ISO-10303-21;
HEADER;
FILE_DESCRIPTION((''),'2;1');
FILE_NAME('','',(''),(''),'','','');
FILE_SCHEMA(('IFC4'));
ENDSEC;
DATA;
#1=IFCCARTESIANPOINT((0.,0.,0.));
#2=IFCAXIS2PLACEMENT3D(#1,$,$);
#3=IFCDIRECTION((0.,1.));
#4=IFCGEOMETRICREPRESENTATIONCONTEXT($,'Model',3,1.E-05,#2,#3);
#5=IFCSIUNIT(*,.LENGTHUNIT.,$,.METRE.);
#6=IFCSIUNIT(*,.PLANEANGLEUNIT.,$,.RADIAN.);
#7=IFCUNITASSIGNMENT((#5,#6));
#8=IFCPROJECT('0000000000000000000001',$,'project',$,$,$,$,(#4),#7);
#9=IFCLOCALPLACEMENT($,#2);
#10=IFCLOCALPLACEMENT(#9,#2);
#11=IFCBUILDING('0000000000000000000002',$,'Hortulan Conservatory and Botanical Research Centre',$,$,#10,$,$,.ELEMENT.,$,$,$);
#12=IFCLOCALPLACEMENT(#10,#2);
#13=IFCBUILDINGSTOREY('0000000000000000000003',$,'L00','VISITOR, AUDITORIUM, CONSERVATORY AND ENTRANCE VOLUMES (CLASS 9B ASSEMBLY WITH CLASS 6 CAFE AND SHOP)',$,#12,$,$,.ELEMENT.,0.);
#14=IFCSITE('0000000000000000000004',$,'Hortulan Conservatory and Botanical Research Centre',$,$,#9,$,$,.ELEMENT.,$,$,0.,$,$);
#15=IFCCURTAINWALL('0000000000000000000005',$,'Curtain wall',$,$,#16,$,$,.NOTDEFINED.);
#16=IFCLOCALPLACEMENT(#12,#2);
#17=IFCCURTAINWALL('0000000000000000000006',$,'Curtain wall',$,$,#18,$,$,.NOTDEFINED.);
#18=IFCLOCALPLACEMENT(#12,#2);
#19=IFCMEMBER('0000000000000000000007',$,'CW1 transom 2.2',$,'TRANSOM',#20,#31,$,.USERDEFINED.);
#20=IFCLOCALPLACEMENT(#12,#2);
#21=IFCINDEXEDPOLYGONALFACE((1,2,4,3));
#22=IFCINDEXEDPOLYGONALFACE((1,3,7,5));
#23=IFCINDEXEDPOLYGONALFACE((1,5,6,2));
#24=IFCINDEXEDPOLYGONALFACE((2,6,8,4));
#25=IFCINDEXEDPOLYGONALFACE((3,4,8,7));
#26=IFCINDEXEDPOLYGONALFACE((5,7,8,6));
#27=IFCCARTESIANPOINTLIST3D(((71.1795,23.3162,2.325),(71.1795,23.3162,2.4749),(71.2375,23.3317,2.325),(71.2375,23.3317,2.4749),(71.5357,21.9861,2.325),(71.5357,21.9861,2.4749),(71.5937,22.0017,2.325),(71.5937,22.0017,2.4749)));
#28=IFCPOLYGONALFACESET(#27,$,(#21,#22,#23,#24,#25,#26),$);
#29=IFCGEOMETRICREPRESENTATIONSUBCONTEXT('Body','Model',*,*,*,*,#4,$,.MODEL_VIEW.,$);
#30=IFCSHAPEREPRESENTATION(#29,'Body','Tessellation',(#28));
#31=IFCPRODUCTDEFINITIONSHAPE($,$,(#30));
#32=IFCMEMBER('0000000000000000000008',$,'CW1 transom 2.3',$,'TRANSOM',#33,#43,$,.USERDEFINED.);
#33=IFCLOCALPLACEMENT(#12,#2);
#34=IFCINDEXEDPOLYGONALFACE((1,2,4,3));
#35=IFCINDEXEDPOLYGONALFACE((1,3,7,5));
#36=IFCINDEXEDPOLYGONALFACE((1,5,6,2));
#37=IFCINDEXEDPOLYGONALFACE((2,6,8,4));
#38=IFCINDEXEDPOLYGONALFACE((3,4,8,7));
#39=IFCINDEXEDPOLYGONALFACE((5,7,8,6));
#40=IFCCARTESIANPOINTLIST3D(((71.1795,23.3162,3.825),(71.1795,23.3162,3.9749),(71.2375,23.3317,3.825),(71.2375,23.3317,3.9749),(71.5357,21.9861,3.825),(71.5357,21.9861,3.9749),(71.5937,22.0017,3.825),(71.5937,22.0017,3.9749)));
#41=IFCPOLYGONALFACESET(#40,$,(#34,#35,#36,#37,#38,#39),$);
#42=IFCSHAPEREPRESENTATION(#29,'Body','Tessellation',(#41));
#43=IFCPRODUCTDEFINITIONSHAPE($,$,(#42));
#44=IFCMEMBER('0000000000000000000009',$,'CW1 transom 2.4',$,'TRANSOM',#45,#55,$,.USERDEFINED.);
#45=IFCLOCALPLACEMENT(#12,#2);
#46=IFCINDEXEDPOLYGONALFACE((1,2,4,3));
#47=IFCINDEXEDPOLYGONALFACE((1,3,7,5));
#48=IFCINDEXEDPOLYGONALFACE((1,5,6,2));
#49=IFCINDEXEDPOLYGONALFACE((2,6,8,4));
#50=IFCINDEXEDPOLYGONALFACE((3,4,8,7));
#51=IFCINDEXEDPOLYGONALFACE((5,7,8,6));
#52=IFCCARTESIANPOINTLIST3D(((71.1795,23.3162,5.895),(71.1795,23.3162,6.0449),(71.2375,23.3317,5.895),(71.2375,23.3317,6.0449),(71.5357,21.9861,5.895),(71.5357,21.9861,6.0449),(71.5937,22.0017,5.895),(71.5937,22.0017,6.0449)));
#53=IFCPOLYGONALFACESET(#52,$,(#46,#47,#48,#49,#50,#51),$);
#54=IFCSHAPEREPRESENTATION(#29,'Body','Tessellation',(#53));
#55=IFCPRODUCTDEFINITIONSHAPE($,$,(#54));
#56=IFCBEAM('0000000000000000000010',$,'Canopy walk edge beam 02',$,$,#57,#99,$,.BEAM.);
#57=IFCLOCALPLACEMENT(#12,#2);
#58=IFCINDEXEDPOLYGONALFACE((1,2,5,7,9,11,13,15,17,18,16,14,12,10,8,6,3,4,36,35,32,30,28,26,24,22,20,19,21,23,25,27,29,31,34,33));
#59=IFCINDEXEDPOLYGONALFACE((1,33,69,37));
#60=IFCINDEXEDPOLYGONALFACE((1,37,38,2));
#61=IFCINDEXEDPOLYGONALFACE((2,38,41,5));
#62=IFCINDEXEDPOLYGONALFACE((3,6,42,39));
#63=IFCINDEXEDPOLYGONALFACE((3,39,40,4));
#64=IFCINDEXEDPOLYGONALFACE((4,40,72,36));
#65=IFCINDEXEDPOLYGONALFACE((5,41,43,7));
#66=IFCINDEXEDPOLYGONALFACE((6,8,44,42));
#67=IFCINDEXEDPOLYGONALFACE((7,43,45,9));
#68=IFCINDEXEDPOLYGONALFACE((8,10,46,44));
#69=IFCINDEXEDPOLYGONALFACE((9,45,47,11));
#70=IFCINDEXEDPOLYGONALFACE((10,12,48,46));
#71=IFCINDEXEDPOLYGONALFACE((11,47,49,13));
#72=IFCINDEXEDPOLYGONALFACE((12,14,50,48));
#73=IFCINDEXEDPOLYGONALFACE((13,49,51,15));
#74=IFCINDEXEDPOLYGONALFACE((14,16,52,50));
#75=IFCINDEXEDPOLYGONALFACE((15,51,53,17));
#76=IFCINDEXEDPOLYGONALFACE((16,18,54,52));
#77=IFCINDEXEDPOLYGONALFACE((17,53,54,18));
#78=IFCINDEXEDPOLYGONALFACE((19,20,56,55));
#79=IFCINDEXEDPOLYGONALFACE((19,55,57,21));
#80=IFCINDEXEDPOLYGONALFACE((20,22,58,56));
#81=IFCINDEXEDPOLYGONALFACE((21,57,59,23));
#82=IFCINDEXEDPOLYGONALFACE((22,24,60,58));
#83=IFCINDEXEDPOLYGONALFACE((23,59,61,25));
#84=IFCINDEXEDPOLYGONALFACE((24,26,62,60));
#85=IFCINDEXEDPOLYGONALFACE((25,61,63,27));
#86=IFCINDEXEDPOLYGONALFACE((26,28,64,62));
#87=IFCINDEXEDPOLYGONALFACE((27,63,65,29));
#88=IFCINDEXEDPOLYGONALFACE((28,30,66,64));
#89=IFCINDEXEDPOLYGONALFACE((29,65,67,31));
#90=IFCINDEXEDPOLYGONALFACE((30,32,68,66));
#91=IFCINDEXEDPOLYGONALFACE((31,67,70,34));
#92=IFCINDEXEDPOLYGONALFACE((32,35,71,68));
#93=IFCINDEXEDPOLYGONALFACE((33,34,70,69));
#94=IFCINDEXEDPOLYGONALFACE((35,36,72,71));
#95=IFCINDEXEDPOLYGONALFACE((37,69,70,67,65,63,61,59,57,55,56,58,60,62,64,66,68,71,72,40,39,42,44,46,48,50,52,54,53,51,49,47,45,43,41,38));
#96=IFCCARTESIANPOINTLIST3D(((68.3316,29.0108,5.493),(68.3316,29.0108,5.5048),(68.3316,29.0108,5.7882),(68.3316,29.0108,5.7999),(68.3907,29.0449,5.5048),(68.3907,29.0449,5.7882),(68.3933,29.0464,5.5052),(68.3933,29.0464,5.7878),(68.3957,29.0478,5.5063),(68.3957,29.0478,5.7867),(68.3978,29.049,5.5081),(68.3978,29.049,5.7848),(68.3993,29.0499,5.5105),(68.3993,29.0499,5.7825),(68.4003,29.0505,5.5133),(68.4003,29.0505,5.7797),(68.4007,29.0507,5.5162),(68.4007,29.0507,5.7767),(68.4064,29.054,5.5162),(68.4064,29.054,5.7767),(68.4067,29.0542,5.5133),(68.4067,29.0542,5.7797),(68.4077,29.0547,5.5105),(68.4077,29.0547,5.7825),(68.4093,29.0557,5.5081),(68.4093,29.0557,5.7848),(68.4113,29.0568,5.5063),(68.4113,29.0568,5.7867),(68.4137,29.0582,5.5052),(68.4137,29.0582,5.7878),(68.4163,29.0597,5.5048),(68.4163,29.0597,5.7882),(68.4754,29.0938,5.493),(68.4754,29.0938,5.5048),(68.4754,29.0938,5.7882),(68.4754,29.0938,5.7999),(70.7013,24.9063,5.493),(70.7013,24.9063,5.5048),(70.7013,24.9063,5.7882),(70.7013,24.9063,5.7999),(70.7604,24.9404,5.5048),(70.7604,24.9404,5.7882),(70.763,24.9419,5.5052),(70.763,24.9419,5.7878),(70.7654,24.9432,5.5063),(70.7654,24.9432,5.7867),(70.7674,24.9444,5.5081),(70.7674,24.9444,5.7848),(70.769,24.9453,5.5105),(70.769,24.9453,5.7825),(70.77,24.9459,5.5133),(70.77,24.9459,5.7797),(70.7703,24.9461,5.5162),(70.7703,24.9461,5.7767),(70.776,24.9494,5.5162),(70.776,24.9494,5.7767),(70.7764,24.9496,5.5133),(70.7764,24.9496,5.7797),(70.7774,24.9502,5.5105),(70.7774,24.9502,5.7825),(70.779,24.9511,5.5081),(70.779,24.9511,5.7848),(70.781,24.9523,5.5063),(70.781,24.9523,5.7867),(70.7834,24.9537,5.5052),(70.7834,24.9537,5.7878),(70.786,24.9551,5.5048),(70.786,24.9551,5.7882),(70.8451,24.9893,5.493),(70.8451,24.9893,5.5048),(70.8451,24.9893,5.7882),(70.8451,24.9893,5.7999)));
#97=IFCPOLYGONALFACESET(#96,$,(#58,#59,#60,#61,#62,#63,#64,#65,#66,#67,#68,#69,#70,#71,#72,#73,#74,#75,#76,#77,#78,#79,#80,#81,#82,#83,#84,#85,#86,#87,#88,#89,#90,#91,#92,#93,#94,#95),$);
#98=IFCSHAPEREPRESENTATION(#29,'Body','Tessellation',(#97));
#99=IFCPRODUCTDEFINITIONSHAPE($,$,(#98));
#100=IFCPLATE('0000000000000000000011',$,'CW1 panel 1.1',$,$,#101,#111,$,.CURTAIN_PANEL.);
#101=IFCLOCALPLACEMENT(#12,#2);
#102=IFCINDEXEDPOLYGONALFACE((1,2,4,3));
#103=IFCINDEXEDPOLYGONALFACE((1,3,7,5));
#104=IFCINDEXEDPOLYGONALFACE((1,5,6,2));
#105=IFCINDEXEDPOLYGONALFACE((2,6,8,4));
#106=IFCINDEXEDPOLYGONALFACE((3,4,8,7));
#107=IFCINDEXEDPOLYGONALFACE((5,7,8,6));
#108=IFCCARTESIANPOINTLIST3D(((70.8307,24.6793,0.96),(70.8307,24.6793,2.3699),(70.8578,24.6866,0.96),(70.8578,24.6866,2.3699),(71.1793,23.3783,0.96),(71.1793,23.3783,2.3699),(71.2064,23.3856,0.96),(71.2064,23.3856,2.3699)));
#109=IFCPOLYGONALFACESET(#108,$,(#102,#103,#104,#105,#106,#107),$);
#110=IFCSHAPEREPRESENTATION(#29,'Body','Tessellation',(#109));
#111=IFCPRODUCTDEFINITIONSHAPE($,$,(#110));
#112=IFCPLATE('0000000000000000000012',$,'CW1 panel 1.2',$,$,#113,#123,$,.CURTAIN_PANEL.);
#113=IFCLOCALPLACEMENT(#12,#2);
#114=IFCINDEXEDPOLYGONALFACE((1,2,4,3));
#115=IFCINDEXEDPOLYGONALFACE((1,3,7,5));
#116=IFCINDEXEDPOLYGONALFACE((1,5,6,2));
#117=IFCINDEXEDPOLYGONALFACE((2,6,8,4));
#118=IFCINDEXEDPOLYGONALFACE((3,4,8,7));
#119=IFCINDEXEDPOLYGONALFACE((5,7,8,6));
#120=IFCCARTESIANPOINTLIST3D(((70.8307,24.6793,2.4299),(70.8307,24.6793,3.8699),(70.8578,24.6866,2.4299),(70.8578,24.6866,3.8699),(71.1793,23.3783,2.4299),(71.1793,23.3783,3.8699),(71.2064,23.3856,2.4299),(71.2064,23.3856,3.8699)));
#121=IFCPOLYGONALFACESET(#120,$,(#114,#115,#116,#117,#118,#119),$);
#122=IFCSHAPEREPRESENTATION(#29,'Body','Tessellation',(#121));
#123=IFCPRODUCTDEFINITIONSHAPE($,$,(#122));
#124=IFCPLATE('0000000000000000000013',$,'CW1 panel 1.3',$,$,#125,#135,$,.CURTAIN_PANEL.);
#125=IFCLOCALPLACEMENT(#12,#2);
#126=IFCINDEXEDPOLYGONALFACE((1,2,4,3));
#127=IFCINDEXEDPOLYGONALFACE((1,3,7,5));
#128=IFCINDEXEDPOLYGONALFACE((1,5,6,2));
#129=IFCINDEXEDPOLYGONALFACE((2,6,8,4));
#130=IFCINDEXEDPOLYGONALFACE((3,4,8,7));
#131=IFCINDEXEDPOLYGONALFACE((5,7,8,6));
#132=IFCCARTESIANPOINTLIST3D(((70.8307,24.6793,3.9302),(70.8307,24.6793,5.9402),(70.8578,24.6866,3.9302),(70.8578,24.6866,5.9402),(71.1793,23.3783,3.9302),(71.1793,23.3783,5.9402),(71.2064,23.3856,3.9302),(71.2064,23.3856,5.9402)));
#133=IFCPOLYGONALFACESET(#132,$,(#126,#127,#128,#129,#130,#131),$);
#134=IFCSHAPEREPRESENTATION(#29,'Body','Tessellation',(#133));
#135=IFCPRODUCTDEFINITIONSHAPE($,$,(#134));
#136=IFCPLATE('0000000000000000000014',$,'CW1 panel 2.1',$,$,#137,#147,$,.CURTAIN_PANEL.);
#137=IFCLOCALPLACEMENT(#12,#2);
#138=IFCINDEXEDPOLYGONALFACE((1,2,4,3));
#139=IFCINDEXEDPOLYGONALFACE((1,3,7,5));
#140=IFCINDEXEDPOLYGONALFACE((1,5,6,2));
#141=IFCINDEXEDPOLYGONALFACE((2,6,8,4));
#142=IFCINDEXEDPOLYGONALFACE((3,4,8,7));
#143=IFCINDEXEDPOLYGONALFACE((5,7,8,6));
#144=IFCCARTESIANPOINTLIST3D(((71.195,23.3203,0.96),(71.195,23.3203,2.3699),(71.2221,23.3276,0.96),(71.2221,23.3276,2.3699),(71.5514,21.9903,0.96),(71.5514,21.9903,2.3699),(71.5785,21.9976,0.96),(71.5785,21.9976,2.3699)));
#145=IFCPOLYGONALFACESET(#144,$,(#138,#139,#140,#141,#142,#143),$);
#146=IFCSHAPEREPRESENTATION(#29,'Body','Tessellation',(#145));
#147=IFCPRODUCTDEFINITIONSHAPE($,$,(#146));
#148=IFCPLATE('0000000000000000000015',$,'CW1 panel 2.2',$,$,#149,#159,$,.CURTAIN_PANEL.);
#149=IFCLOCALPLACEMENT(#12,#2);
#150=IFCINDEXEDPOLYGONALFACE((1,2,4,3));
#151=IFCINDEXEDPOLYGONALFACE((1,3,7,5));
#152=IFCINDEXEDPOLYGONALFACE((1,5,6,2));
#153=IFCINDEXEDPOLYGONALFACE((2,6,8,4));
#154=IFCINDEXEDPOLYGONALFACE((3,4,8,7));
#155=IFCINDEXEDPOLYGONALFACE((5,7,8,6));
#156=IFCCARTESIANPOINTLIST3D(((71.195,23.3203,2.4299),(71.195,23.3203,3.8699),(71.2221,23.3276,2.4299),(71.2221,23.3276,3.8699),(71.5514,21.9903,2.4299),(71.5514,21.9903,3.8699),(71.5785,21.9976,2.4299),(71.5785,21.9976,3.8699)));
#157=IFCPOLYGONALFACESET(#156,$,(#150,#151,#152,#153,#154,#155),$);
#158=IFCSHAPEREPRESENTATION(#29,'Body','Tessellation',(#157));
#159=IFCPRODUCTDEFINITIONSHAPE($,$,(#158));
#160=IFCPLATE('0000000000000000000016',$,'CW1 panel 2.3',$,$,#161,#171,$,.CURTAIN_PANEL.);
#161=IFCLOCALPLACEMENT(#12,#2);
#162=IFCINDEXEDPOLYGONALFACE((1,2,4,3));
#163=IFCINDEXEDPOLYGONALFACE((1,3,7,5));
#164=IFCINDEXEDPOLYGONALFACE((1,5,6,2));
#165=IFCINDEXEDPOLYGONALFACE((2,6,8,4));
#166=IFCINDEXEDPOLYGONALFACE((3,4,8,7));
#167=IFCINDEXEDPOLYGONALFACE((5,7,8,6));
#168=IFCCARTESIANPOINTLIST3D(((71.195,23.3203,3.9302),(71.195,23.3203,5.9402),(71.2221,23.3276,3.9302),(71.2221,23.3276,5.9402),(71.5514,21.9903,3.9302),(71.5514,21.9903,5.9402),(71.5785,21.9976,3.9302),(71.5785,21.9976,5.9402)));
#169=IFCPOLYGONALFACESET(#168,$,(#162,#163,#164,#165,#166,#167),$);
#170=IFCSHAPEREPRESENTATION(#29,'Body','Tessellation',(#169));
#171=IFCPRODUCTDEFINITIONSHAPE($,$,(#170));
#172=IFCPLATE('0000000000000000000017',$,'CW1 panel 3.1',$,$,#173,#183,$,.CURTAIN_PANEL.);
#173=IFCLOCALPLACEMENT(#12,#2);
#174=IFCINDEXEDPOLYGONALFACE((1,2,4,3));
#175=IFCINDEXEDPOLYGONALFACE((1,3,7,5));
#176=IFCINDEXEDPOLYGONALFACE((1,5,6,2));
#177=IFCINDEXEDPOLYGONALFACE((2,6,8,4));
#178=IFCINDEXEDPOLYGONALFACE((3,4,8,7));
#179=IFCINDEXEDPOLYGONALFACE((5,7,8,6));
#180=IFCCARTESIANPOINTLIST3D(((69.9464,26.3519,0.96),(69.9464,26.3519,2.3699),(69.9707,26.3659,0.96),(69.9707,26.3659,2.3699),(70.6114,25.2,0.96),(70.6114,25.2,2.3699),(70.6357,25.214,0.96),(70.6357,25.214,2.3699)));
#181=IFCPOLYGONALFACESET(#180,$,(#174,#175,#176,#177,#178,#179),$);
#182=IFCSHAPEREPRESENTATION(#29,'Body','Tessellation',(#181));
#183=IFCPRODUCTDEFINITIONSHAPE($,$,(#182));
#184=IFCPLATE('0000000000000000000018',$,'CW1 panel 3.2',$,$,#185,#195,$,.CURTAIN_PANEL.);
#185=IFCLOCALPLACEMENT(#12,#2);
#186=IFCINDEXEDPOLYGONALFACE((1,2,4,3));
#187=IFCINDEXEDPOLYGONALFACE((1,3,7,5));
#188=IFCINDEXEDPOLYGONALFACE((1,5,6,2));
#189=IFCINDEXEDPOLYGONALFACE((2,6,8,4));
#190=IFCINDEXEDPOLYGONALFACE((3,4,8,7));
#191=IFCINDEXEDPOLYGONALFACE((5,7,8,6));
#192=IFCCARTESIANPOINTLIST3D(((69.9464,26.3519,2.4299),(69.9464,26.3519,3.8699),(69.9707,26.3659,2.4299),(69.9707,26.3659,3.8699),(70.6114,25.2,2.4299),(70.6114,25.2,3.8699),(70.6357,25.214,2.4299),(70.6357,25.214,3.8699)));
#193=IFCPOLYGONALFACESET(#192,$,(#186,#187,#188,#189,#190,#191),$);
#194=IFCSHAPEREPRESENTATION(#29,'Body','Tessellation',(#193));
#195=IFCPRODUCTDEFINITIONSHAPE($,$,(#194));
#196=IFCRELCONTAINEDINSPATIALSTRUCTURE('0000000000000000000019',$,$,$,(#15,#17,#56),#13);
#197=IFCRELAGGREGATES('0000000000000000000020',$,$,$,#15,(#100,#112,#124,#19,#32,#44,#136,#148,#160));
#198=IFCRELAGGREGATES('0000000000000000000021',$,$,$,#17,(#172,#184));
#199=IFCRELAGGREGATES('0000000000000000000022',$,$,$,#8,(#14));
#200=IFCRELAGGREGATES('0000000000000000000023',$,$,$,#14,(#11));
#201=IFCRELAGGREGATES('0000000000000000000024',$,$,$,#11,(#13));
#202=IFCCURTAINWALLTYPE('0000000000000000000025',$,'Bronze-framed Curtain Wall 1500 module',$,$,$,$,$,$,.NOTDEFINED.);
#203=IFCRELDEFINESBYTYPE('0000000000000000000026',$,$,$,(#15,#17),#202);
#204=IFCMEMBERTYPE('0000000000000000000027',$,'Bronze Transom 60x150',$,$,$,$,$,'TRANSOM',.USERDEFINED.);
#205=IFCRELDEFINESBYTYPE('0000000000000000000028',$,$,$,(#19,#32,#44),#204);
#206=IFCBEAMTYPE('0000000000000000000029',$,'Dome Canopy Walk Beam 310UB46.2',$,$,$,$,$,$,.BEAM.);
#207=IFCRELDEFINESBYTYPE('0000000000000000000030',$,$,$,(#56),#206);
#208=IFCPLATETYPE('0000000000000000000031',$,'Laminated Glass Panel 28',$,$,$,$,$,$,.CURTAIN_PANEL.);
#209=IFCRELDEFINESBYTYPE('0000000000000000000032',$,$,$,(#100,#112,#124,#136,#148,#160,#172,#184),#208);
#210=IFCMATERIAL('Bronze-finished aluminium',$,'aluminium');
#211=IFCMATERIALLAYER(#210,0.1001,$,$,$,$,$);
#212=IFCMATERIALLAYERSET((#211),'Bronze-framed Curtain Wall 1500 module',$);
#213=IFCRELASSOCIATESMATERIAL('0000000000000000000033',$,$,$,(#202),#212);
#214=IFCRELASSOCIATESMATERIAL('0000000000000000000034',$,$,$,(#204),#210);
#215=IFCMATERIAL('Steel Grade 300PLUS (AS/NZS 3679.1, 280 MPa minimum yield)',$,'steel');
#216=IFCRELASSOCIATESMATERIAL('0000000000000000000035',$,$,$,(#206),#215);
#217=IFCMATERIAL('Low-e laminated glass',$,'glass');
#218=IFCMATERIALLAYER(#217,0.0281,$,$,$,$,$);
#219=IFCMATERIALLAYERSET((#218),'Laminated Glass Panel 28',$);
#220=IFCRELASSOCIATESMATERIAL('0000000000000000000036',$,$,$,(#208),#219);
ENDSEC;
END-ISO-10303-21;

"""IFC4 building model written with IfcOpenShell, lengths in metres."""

from ifc_helpers import new_model, si_unit, direction, frame, origin, origin_2d, place, context, subcontext, project, spatial, rectangle, i_section, extrude, material, layer, layer_set, material_profile, profile_set, type_object, element, aggregate, save


model = new_model("IFC4")

# Units and contexts
model_context = context("Model", 3, precision=1e-05, world=origin(), true_north=direction((0.0, 1.0)))
body_context = subcontext(model_context, "Body", "Model", "MODEL_VIEW")
ifc_project = project(units=[si_unit("LENGTHUNIT", "METRE"), si_unit("PLANEANGLEUNIT", "RADIAN")], contexts=[model_context])

# Site, building, storey
site_placement = place(None, origin())
site = spatial("IfcSite", under=ifc_project, at=site_placement, Name="Hortulan Conservatory and Botanical Research Centre", CompositionType="ELEMENT", RefElevation=0.0)
building_placement = place(site_placement, origin())
building = spatial("IfcBuilding", under=site, at=building_placement, Name="Hortulan Conservatory and Botanical Research Centre", CompositionType="ELEMENT")
storey_placement = place(building_placement, origin())
storey = spatial("IfcBuildingStorey", under=building, at=storey_placement, Name="L00", Description="VISITOR, AUDITORIUM, CONSERVATORY AND ENTRANCE VOLUMES (CLASS 9B ASSEMBLY WITH CLASS 6 CAFE AND SHOP)", CompositionType="ELEMENT", Elevation=0.0)

# Curtain wall
ifc_material_1 = material(Name="Bronze-finished aluminium", Category="aluminium")
ifc_layer_1 = layer(ifc_material_1, 0.1001)
ifc_layer_set_1 = layer_set([ifc_layer_1], Name="Bronze-framed Curtain Wall 1500 module")
curtain_wall_type = type_object("IfcCurtainWallType", Name="Bronze-framed Curtain Wall 1500 module", PredefinedType="NOTDEFINED", material=ifc_layer_set_1)
curtain_wall_1_placement = place(storey_placement, origin())
curtain_wall_1 = element("IfcCurtainWall", 1, at=curtain_wall_1_placement, inside=storey, type_object=curtain_wall_type, Name="Curtain wall", PredefinedType="NOTDEFINED")

# Curtain wall
curtain_wall_2_placement = place(storey_placement, origin())
curtain_wall_2 = element("IfcCurtainWall", 2, at=curtain_wall_2_placement, inside=storey, type_object=curtain_wall_type, Name="Curtain wall", PredefinedType="NOTDEFINED")

# Members
ifc_material_profile_1 = material_profile(ifc_material_1, rectangle(XDim=0.0601, YDim=0.1499, at=origin_2d()), Name="Bronze Transom 60x150")
ifc_profile_set_1 = profile_set([ifc_material_profile_1], Name="Bronze-finished aluminium")
member_type_1 = type_object("IfcMemberType", Name="Bronze Transom 60x150", ElementType="TRANSOM", PredefinedType="USERDEFINED", material=ifc_profile_set_1)
member_1_placement = place(storey_placement, frame((71.2085, 23.324, 2.3999), z_axis=(0.258689, -0.965961, 0.0), x_axis=(0.965961, 0.258689, 0.0)))
member_1 = element("IfcMember", 3, at=member_1_placement, type_object=member_type_1, Name="CW1 transom 2.2", ObjectType="TRANSOM", PredefinedType="USERDEFINED", context=body_context, shape_type="SweptSolid", body=[
    extrude(rectangle(XDim=0.0601, YDim=0.1499, at=origin_2d()), origin(), (0.0, 0.0, 1.0), 1.377),
])
member_2_placement = place(storey_placement, frame((71.2085, 23.324, 3.8999), z_axis=(0.258689, -0.965961, 0.0), x_axis=(0.965961, 0.258689, 0.0)))
member_2 = element("IfcMember", 4, at=member_2_placement, type_object=member_type_1, Name="CW1 transom 2.3", ObjectType="TRANSOM", PredefinedType="USERDEFINED", context=body_context, shape_type="SweptSolid", body=[
    extrude(rectangle(XDim=0.0601, YDim=0.1499, at=origin_2d()), origin(), (0.0, 0.0, 1.0), 1.377),
])
member_3_placement = place(storey_placement, frame((71.2085, 23.324, 5.97), z_axis=(0.258689, -0.965961, 0.0), x_axis=(0.965961, 0.258689, 0.0)))
member_3 = element("IfcMember", 5, at=member_3_placement, type_object=member_type_1, Name="CW1 transom 2.4", ObjectType="TRANSOM", PredefinedType="USERDEFINED", context=body_context, shape_type="SweptSolid", body=[
    extrude(rectangle(XDim=0.0601, YDim=0.1499, at=origin_2d()), origin(), (0.0, 0.0, 1.0), 1.377),
])

# Beam
ifc_material_2 = material(Name="Steel Grade 300PLUS (AS/NZS 3679.1, 280 MPa minimum yield)", Category="steel")
ifc_material_profile_2 = material_profile(ifc_material_2, i_section(OverallWidth=0.166, OverallDepth=0.3069, WebThickness=0.0066, FlangeThickness=0.0117, FilletRadius=0.0115, at=origin_2d()), Name="310UB46.2")
ifc_profile_set_2 = profile_set([ifc_material_profile_2], Name="Steel Grade 300PLUS (AS/NZS 3679.1, 280 MPa minimum yield)")
beam_type = type_object("IfcBeamType", Name="Dome Canopy Walk Beam 310UB46.2", PredefinedType="BEAM", material=ifc_profile_set_2)
beam_placement = place(storey_placement, frame((70.7732, 24.9478, 5.6465), z_axis=(-0.499984, 0.866035, 0.0), x_axis=(-0.866035, -0.499984, 0.0)))
element("IfcBeam", 6, at=beam_placement, inside=storey, type_object=beam_type, Name="Canopy walk edge beam 02", PredefinedType="BEAM", context=body_context, shape_type="SweptSolid", body=[
    extrude(i_section(OverallWidth=0.166, OverallDepth=0.3069, WebThickness=0.0066, FlangeThickness=0.0117, FilletRadius=0.0115, at=origin_2d()), origin(), (0.0, 0.0, 1.0), 4.7395),
])

# Plates
ifc_material_3 = material(Name="Low-e laminated glass", Category="glass")
ifc_layer_2 = layer(ifc_material_3, 0.0281)
ifc_layer_set_2 = layer_set([ifc_layer_2], Name="Laminated Glass Panel 28")
plate_type = type_object("IfcPlateType", Name="Laminated Glass Panel 28", PredefinedType="CURTAIN_PANEL", material=ifc_layer_set_2)
plate_1_placement = place(storey_placement, frame((71.0186, 24.0325, 0.96), z_axis=(0.0, 0.0, 1.0), x_axis=(0.258832, -0.965922, 0.0)))
plate_1 = element("IfcPlate", 7, at=plate_1_placement, type_object=plate_type, Name="CW1 panel 1.1", PredefinedType="CURTAIN_PANEL", context=body_context, shape_type="SweptSolid", body=[
    extrude(rectangle(XDim=1.3469, YDim=0.0281, at=origin_2d()), origin(), (0.0, 0.0, 1.0), 1.4099),
])
plate_2_placement = place(storey_placement, frame((71.0186, 24.0325, 2.4299), z_axis=(0.0, 0.0, 1.0), x_axis=(0.258832, -0.965922, 0.0)))
plate_2 = element("IfcPlate", 8, at=plate_2_placement, type_object=plate_type, Name="CW1 panel 1.2", PredefinedType="CURTAIN_PANEL", context=body_context, shape_type="SweptSolid", body=[
    extrude(rectangle(XDim=1.3469, YDim=0.0281, at=origin_2d()), origin(), (0.0, 0.0, 1.0), 1.4399),
])
plate_3_placement = place(storey_placement, frame((71.0186, 24.0325, 3.9302), z_axis=(0.0, 0.0, 1.0), x_axis=(0.258832, -0.965922, 0.0)))
plate_3 = element("IfcPlate", 9, at=plate_3_placement, type_object=plate_type, Name="CW1 panel 1.3", PredefinedType="CURTAIN_PANEL", context=body_context, shape_type="SweptSolid", body=[
    extrude(rectangle(XDim=1.3469, YDim=0.0281, at=origin_2d()), origin(), (0.0, 0.0, 1.0), 2.01),
])
plate_4_placement = place(storey_placement, frame((71.3867, 22.6589, 0.96), z_axis=(0.0, 0.0, 1.0), x_axis=(0.258832, -0.965922, 0.0)))
plate_4 = element("IfcPlate", 10, at=plate_4_placement, type_object=plate_type, Name="CW1 panel 2.1", PredefinedType="CURTAIN_PANEL", context=body_context, shape_type="SweptSolid", body=[
    extrude(rectangle(XDim=1.377, YDim=0.0281, at=origin_2d()), origin(), (0.0, 0.0, 1.0), 1.4099),
])
plate_5_placement = place(storey_placement, frame((71.3867, 22.6589, 2.4299), z_axis=(0.0, 0.0, 1.0), x_axis=(0.258832, -0.965922, 0.0)))
plate_5 = element("IfcPlate", 11, at=plate_5_placement, type_object=plate_type, Name="CW1 panel 2.2", PredefinedType="CURTAIN_PANEL", context=body_context, shape_type="SweptSolid", body=[
    extrude(rectangle(XDim=1.377, YDim=0.0281, at=origin_2d()), origin(), (0.0, 0.0, 1.0), 1.4399),
])
plate_6_placement = place(storey_placement, frame((71.3867, 22.6589, 3.9302), z_axis=(0.0, 0.0, 1.0), x_axis=(0.258832, -0.965922, 0.0)))
plate_6 = element("IfcPlate", 12, at=plate_6_placement, type_object=plate_type, Name="CW1 panel 2.3", PredefinedType="CURTAIN_PANEL", context=body_context, shape_type="SweptSolid", body=[
    extrude(rectangle(XDim=1.377, YDim=0.0281, at=origin_2d()), origin(), (0.0, 0.0, 1.0), 2.01),
])
aggregate(curtain_wall_1, [plate_1, plate_2, plate_3, member_1, member_2, member_3, plate_4, plate_5, plate_6])
plate_7_placement = place(storey_placement, frame((70.291, 25.783, 0.96), z_axis=(0.0, 0.0, 1.0), x_axis=(0.499981, -0.866036, 0.0)))
plate_7 = element("IfcPlate", 13, at=plate_7_placement, type_object=plate_type, Name="CW1 panel 3.1", PredefinedType="CURTAIN_PANEL", context=body_context, shape_type="SweptSolid", body=[
    extrude(rectangle(XDim=1.3301, YDim=0.0281, at=origin_2d()), origin(), (0.0, 0.0, 1.0), 1.4099),
])
plate_8_placement = place(storey_placement, frame((70.291, 25.783, 2.4299), z_axis=(0.0, 0.0, 1.0), x_axis=(0.499981, -0.866036, 0.0)))
plate_8 = element("IfcPlate", 14, at=plate_8_placement, type_object=plate_type, Name="CW1 panel 3.2", PredefinedType="CURTAIN_PANEL", context=body_context, shape_type="SweptSolid", body=[
    extrude(rectangle(XDim=1.3301, YDim=0.0281, at=origin_2d()), origin(), (0.0, 0.0, 1.0), 1.4399),
])
aggregate(curtain_wall_2, [plate_7, plate_8])

save(model, "model.ifc")
